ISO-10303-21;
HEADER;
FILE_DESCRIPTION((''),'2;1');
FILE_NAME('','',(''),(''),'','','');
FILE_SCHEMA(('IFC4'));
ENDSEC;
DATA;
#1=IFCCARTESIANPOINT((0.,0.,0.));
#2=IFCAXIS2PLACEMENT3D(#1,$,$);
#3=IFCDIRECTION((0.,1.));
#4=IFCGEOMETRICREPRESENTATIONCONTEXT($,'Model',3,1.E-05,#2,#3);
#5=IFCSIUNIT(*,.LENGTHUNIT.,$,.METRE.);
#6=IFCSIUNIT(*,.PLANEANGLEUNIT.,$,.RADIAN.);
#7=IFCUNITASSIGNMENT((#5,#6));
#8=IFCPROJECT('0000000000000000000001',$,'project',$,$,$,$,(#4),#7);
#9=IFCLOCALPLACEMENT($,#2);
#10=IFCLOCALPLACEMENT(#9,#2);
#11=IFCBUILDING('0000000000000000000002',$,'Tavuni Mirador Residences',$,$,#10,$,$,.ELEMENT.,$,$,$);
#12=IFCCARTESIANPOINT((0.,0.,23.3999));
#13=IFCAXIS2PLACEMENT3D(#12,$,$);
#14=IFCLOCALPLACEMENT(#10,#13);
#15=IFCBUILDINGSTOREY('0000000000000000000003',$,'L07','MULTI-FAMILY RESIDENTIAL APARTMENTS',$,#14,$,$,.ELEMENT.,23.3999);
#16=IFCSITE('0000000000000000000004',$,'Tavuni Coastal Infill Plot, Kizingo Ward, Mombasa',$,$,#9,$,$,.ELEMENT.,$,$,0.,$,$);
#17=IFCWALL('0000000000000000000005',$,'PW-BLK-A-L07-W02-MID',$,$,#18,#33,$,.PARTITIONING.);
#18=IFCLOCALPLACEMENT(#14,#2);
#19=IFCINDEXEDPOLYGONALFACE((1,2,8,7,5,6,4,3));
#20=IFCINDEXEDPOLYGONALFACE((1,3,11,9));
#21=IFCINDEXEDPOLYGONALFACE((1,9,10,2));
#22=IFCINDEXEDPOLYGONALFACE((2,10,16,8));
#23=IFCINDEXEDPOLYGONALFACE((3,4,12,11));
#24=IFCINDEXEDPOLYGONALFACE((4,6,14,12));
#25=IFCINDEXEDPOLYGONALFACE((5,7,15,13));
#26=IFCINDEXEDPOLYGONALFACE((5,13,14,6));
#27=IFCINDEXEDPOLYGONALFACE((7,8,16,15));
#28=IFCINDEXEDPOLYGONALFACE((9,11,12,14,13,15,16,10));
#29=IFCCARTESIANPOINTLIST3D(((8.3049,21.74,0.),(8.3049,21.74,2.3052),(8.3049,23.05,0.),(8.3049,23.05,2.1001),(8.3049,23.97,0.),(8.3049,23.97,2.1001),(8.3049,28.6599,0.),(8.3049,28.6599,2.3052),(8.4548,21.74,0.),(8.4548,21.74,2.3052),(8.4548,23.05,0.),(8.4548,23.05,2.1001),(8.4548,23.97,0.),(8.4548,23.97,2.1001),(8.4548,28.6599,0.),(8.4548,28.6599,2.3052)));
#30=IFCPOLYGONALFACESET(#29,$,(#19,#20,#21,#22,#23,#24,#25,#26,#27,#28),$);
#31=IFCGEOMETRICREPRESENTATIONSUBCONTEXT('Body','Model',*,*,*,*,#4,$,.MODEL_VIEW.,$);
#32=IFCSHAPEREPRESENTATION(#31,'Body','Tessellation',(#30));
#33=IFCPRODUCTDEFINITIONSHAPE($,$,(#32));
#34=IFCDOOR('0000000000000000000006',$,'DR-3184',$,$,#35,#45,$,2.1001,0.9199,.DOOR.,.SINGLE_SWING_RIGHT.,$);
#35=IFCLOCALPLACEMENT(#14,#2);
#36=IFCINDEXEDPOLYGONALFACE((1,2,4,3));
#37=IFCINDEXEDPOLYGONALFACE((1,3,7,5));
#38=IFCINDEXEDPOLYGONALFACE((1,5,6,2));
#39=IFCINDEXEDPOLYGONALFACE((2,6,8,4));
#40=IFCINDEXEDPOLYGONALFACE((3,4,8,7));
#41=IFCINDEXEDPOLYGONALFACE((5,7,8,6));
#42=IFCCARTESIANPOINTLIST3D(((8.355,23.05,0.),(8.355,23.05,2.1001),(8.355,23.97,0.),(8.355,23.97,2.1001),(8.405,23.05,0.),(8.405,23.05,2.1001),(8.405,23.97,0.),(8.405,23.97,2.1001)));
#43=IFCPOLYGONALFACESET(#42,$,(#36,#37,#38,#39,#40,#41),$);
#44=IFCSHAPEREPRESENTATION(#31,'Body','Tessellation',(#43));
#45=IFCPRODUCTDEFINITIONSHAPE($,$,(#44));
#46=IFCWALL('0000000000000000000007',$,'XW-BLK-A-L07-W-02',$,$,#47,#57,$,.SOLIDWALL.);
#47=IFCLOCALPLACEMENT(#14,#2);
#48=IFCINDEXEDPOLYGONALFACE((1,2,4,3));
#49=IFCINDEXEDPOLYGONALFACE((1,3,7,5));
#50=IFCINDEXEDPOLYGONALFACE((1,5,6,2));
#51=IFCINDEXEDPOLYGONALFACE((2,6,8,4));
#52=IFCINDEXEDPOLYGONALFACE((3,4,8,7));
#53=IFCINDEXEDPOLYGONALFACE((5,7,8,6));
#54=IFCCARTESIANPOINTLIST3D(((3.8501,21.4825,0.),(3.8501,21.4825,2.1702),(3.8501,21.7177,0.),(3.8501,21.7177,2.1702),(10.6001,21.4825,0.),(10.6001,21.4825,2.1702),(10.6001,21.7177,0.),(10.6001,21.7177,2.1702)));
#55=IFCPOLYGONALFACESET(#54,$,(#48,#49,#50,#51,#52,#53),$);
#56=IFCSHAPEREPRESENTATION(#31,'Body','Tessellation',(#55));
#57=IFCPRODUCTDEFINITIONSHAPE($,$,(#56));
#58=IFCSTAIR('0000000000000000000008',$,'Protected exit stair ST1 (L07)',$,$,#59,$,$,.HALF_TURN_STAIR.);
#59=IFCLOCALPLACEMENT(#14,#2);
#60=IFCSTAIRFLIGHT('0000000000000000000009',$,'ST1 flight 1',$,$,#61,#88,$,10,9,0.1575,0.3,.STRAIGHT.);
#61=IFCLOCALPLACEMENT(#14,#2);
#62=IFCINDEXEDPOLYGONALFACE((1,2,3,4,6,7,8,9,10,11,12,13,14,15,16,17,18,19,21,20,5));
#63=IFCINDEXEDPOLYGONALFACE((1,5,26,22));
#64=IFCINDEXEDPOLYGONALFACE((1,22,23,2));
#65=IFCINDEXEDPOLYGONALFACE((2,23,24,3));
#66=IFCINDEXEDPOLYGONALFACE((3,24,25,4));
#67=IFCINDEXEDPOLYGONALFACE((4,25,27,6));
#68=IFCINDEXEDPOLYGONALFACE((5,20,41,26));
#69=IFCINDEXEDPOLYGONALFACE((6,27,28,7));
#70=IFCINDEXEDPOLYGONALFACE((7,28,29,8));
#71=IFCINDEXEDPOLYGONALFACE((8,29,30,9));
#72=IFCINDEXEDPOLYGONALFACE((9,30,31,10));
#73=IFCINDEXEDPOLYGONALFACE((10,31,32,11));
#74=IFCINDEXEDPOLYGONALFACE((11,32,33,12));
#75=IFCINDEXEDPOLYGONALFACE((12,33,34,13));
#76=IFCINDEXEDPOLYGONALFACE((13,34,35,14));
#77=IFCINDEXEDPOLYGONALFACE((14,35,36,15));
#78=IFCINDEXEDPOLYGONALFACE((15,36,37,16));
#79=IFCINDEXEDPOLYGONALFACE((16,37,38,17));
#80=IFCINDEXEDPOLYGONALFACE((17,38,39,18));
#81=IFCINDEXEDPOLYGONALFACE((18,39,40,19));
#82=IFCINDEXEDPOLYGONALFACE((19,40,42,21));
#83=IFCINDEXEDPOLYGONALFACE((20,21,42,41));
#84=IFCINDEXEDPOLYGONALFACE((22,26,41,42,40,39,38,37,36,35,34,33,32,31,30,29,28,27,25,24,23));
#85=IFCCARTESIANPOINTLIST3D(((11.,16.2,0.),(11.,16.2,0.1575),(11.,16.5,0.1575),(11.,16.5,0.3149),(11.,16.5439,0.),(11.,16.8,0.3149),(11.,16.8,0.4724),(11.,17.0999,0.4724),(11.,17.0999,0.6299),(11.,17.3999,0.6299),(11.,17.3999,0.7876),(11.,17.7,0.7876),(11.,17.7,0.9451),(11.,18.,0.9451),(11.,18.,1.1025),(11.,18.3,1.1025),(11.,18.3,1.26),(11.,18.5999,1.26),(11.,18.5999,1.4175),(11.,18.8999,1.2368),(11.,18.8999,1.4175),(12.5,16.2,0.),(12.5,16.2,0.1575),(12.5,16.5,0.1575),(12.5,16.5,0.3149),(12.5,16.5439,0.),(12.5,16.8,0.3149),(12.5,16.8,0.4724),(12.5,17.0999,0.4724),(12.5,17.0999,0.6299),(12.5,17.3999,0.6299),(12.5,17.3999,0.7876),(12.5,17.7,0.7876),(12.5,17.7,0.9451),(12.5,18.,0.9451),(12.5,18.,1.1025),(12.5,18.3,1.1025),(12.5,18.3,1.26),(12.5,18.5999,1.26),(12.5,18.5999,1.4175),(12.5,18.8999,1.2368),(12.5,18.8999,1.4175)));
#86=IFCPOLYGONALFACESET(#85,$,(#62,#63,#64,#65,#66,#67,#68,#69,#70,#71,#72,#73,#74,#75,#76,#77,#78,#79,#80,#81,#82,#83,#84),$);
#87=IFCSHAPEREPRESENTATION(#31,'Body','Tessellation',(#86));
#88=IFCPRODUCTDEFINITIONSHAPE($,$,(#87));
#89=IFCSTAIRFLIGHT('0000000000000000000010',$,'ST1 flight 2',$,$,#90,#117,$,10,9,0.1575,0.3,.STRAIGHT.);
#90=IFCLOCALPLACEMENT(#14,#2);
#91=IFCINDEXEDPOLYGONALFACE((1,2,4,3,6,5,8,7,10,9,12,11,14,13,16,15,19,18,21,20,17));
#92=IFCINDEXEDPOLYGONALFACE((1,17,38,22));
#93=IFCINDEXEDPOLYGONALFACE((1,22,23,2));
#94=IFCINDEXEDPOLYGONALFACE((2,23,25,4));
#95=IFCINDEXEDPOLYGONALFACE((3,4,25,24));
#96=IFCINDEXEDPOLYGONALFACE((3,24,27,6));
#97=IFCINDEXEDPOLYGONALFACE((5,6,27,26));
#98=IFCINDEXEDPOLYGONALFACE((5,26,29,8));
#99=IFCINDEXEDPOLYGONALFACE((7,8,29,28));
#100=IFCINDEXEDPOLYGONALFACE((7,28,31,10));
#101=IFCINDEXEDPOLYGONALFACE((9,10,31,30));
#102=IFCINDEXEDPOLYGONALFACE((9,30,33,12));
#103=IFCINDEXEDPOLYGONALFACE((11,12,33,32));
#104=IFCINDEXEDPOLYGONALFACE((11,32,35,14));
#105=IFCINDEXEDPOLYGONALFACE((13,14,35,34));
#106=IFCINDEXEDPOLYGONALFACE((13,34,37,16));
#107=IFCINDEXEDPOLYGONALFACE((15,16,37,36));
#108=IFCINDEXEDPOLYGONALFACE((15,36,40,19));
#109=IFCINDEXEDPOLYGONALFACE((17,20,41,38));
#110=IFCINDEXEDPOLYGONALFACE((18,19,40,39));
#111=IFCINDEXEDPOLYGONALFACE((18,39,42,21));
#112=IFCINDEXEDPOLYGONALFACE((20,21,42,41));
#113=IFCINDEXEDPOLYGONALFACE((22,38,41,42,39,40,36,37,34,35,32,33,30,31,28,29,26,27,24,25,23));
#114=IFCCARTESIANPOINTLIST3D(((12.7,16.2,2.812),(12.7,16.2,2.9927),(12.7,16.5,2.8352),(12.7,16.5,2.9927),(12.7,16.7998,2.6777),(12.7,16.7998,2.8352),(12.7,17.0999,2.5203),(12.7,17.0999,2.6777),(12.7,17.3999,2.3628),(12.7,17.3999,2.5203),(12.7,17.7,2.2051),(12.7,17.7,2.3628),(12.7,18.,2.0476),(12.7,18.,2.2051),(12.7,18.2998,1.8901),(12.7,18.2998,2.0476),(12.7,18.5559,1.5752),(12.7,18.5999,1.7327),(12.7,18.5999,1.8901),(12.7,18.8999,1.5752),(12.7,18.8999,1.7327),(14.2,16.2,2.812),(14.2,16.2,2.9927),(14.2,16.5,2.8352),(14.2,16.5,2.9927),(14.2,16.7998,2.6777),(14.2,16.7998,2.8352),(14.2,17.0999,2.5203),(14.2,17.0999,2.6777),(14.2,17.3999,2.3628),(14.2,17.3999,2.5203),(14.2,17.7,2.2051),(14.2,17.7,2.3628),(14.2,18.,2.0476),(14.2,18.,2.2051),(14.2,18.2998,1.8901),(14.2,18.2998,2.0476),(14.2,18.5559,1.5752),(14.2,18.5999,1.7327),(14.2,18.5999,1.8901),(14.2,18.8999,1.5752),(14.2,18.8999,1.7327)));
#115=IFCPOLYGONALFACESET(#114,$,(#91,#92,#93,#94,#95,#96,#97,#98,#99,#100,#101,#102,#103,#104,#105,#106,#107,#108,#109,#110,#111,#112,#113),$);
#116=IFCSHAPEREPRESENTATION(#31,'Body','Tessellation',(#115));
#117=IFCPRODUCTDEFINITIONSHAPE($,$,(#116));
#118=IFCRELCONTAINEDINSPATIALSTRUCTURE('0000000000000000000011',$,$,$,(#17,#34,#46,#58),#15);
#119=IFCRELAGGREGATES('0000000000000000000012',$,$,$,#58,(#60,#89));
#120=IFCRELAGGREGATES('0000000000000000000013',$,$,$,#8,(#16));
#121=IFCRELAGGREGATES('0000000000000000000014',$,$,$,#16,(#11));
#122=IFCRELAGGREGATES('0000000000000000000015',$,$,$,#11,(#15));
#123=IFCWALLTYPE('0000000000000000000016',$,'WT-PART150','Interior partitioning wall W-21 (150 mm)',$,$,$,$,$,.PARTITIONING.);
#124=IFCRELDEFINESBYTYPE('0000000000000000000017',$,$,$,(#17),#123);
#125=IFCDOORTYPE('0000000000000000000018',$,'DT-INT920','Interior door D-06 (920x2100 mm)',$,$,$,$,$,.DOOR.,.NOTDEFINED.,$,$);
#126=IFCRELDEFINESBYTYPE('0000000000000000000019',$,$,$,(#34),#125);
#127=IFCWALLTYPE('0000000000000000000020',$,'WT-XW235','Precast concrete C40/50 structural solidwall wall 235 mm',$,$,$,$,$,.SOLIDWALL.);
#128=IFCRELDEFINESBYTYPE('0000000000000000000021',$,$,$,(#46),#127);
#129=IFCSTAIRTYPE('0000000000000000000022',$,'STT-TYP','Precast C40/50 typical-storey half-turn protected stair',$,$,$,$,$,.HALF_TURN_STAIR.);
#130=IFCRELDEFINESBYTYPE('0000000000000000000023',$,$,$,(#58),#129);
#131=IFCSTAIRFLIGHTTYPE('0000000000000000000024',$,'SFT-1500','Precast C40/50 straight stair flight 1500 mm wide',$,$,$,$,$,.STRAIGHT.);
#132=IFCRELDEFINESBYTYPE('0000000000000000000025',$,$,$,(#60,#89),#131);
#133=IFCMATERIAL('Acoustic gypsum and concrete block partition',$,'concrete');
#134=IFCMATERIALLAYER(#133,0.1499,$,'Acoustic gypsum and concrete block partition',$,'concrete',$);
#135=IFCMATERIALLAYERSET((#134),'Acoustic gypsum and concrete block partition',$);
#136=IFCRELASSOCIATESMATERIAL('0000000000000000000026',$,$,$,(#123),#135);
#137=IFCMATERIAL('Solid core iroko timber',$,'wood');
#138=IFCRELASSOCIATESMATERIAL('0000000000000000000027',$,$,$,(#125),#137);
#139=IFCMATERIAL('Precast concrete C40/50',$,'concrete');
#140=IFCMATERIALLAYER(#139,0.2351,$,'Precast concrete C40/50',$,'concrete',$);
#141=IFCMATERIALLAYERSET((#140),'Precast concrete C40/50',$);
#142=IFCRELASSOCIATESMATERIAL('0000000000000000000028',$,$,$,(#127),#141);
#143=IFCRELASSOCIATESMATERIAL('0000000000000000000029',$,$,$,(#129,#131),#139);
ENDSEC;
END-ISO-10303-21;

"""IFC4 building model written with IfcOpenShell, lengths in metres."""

from ifc_helpers import new_model, si_unit, direction, frame, frame_2d, origin, place, context, subcontext, project, spatial, polyline, rectangle, outline, extrude, material, layer, layer_set, type_object, element, fill, aggregate, save


model = new_model("IFC4")

# Units and contexts
model_context = context("Model", 3, precision=1e-05, world=origin(), true_north=direction((0.0, 1.0)))
body_context = subcontext(model_context, "Body", "Model", "MODEL_VIEW")
ifc_project = project(units=[si_unit("LENGTHUNIT", "METRE"), si_unit("PLANEANGLEUNIT", "RADIAN")], contexts=[model_context])

# Site, building, storey
site_placement = place(None, origin())
site = spatial("IfcSite", under=ifc_project, at=site_placement, Name="Tavuni Coastal Infill Plot, Kizingo Ward, Mombasa", CompositionType="ELEMENT", RefElevation=0.0)
building_placement = place(site_placement, origin())
building = spatial("IfcBuilding", under=site, at=building_placement, Name="Tavuni Mirador Residences", CompositionType="ELEMENT")
storey_placement = place(building_placement, frame((0.0, 0.0, 23.3999)))
storey = spatial("IfcBuildingStorey", under=building, at=storey_placement, Name="L07", Description="MULTI-FAMILY RESIDENTIAL APARTMENTS", CompositionType="ELEMENT", Elevation=23.3999)

# Shared definitions
ifc_material_1 = material(Name="Precast concrete C40/50", Category="concrete")

# Shared definitions
ifc_material_2 = material(Name="Solid core iroko timber", Category="wood")

# Shared definitions
ifc_material_3 = material(Name="Acoustic gypsum and concrete block partition", Category="concrete")

# Wall, opening, door
ifc_layer_1 = layer(ifc_material_3, 0.1499, Name="Acoustic gypsum and concrete block partition", Category="concrete")
ifc_layer_set_1 = layer_set([ifc_layer_1], Name="Acoustic gypsum and concrete block partition")
wall_type_1 = type_object("IfcWallType", Name="WT-PART150", Description="Interior partitioning wall W-21 (150 mm)", PredefinedType="PARTITIONING", material=ifc_layer_set_1)
wall_1_placement = place(storey_placement, frame((8.3799, 21.74, 0.0), z_axis=(0.0, 0.0, 1.0), x_axis=(0.0, 1.0, 0.0)))
wall_1 = element("IfcWall", 1, at=wall_1_placement, inside=storey, type_object=wall_type_1, Name="PW-BLK-A-L07-W02-MID", PredefinedType="PARTITIONING", context=body_context, shape_type="SweptSolid", body=[
    extrude(rectangle(XDim=6.9199, YDim=0.1499, at=frame_2d((3.46, 0.0))), origin(), (0.0, 0.0, 1.0), 2.3052),
])
opening_1_placement = place(wall_1_placement, frame((1.3101, 0.0, 0.0)))
opening_1 = element("IfcOpeningElement", 2, at=opening_1_placement, cuts=wall_1, PredefinedType="OPENING", context=body_context, shape_type="SweptSolid", body=[
    extrude(rectangle(XDim=0.9199, YDim=2.1001, at=frame_2d((0.46, 1.05))), frame((0.0, 0.085, 0.0), z_axis=(0.0, -1.0, 0.0), x_axis=(1.0, 0.0, 0.0)), (0.0, 0.0, 1.0), 0.1699),
])
door_type_1 = type_object("IfcDoorType", Name="DT-INT920", Description="Interior door D-06 (920x2100 mm)", OperationType="NOTDEFINED", PredefinedType="DOOR", material=ifc_material_2)
door_1_placement = place(opening_1_placement, origin())
door_1 = element("IfcDoor", 3, at=door_1_placement, inside=storey, type_object=door_type_1, Name="DR-3184", OperationType="SINGLE_SWING_RIGHT", OverallHeight=2.1001, OverallWidth=0.9199, PredefinedType="DOOR", context=body_context, shape_type="SweptSolid", body=[
    extrude(rectangle(XDim=0.9199, YDim=2.1001, at=frame_2d((0.46, 1.05))), frame((0.0, 0.0249, 0.0), z_axis=(0.0, -1.0, 0.0), x_axis=(1.0, 0.0, 0.0)), (0.0, 0.0, 1.0), 0.05),
])
fill(opening_1, door_1)

# Wall
ifc_layer_2 = layer(ifc_material_1, 0.2351, Name="Precast concrete C40/50", Category="concrete")
ifc_layer_set_2 = layer_set([ifc_layer_2], Name="Precast concrete C40/50")
wall_type_2 = type_object("IfcWallType", Name="WT-XW235", Description="Precast concrete C40/50 structural solidwall wall 235 mm", PredefinedType="SOLIDWALL", material=ifc_layer_set_2)
wall_2_placement = place(storey_placement, frame((3.8501, 21.6001, 0.0), z_axis=(0.0, 0.0, 1.0), x_axis=(1.0, 0.0, 0.0)))
element("IfcWall", 4, at=wall_2_placement, inside=storey, type_object=wall_type_2, Name="XW-BLK-A-L07-W-02", PredefinedType="SOLIDWALL", context=body_context, shape_type="SweptSolid", body=[
    extrude(rectangle(XDim=6.75, YDim=0.2351, at=frame_2d((3.375, 0.0))), origin(), (0.0, 0.0, 1.0), 2.1702),
])

# Stair, stair flights
stair_type = type_object("IfcStairType", Name="STT-TYP", Description="Precast C40/50 typical-storey half-turn protected stair", PredefinedType="HALF_TURN_STAIR", material=ifc_material_1)
stair_placement = place(storey_placement, origin())
stair = element("IfcStair", 5, at=stair_placement, inside=storey, type_object=stair_type, Name="Protected exit stair ST1 (L07)", PredefinedType="HALF_TURN_STAIR")
stair_flight_type = type_object("IfcStairFlightType", Name="SFT-1500", Description="Precast C40/50 straight stair flight 1500 mm wide", PredefinedType="STRAIGHT", material=ifc_material_1)
stair_flight_1_placement = place(storey_placement, frame((11.75, 16.2, 0.0), z_axis=(0.0, 0.0, 1.0), x_axis=(0.0, 1.0, 0.0)))
stair_flight_1 = element("IfcStairFlight", 6, at=stair_flight_1_placement, type_object=stair_flight_type, Name="ST1 flight 1", NumberOfRisers=10, NumberOfTreads=9, PredefinedType="STRAIGHT", RiserHeight=0.1575, TreadLength=0.3, context=body_context, shape_type="SweptSolid", body=[
    extrude(outline(polyline([(0.0, 0.0), (0.0, 0.1575), (0.3, 0.1575), (0.3, 0.3149), (0.6001, 0.3149), (0.6001, 0.4724), (0.8999, 0.4724), (0.8999, 0.6299), (1.2, 0.6299), (1.2, 0.7876), (1.5, 0.7876), (1.5, 0.9451), (1.8, 0.9451), (1.8, 1.1025), (2.1001, 1.1025), (2.1001, 1.26), (2.3999, 1.26), (2.3999, 1.4175), (2.7, 1.4175), (2.7, 1.575), (2.7, 1.2368), (0.344, 0.0), (0.0, 0.0)])), frame((0.0, 0.75, 0.0), z_axis=(0.0, -1.0, 0.0), x_axis=(1.0, 0.0, 0.0)), (0.0, 0.0, 1.0), 1.5),
])
stair_flight_2_placement = place(storey_placement, frame((13.45, 18.8999, 1.5752), z_axis=(0.0, 0.0, 1.0), x_axis=(0.0, -1.0, 0.0)))
stair_flight_2 = element("IfcStairFlight", 7, at=stair_flight_2_placement, type_object=stair_flight_type, Name="ST1 flight 2", NumberOfRisers=10, NumberOfTreads=9, PredefinedType="STRAIGHT", RiserHeight=0.1575, TreadLength=0.3, context=body_context, shape_type="SweptSolid", body=[
    extrude(outline(polyline([(0.0, 0.0), (0.0, 0.1575), (0.3, 0.1575), (0.3, 0.3149), (0.6001, 0.3149), (0.6001, 0.4724), (0.8999, 0.4724), (0.8999, 0.6299), (1.2, 0.6299), (1.2, 0.7876), (1.5, 0.7876), (1.5, 0.9451), (1.8, 0.9451), (1.8, 1.1025), (2.1001, 1.1025), (2.1001, 1.26), (2.3999, 1.26), (2.3999, 1.4175), (2.7, 1.4175), (2.7, 1.575), (2.7, 1.2368), (0.344, 0.0), (0.0, 0.0)])), frame((0.0, 0.75, 0.0), z_axis=(0.0, -1.0, 0.0), x_axis=(1.0, 0.0, 0.0)), (0.0, 0.0, 1.0), 1.5),
])
aggregate(stair, [stair_flight_1, stair_flight_2])

save(model, "model.ifc")
